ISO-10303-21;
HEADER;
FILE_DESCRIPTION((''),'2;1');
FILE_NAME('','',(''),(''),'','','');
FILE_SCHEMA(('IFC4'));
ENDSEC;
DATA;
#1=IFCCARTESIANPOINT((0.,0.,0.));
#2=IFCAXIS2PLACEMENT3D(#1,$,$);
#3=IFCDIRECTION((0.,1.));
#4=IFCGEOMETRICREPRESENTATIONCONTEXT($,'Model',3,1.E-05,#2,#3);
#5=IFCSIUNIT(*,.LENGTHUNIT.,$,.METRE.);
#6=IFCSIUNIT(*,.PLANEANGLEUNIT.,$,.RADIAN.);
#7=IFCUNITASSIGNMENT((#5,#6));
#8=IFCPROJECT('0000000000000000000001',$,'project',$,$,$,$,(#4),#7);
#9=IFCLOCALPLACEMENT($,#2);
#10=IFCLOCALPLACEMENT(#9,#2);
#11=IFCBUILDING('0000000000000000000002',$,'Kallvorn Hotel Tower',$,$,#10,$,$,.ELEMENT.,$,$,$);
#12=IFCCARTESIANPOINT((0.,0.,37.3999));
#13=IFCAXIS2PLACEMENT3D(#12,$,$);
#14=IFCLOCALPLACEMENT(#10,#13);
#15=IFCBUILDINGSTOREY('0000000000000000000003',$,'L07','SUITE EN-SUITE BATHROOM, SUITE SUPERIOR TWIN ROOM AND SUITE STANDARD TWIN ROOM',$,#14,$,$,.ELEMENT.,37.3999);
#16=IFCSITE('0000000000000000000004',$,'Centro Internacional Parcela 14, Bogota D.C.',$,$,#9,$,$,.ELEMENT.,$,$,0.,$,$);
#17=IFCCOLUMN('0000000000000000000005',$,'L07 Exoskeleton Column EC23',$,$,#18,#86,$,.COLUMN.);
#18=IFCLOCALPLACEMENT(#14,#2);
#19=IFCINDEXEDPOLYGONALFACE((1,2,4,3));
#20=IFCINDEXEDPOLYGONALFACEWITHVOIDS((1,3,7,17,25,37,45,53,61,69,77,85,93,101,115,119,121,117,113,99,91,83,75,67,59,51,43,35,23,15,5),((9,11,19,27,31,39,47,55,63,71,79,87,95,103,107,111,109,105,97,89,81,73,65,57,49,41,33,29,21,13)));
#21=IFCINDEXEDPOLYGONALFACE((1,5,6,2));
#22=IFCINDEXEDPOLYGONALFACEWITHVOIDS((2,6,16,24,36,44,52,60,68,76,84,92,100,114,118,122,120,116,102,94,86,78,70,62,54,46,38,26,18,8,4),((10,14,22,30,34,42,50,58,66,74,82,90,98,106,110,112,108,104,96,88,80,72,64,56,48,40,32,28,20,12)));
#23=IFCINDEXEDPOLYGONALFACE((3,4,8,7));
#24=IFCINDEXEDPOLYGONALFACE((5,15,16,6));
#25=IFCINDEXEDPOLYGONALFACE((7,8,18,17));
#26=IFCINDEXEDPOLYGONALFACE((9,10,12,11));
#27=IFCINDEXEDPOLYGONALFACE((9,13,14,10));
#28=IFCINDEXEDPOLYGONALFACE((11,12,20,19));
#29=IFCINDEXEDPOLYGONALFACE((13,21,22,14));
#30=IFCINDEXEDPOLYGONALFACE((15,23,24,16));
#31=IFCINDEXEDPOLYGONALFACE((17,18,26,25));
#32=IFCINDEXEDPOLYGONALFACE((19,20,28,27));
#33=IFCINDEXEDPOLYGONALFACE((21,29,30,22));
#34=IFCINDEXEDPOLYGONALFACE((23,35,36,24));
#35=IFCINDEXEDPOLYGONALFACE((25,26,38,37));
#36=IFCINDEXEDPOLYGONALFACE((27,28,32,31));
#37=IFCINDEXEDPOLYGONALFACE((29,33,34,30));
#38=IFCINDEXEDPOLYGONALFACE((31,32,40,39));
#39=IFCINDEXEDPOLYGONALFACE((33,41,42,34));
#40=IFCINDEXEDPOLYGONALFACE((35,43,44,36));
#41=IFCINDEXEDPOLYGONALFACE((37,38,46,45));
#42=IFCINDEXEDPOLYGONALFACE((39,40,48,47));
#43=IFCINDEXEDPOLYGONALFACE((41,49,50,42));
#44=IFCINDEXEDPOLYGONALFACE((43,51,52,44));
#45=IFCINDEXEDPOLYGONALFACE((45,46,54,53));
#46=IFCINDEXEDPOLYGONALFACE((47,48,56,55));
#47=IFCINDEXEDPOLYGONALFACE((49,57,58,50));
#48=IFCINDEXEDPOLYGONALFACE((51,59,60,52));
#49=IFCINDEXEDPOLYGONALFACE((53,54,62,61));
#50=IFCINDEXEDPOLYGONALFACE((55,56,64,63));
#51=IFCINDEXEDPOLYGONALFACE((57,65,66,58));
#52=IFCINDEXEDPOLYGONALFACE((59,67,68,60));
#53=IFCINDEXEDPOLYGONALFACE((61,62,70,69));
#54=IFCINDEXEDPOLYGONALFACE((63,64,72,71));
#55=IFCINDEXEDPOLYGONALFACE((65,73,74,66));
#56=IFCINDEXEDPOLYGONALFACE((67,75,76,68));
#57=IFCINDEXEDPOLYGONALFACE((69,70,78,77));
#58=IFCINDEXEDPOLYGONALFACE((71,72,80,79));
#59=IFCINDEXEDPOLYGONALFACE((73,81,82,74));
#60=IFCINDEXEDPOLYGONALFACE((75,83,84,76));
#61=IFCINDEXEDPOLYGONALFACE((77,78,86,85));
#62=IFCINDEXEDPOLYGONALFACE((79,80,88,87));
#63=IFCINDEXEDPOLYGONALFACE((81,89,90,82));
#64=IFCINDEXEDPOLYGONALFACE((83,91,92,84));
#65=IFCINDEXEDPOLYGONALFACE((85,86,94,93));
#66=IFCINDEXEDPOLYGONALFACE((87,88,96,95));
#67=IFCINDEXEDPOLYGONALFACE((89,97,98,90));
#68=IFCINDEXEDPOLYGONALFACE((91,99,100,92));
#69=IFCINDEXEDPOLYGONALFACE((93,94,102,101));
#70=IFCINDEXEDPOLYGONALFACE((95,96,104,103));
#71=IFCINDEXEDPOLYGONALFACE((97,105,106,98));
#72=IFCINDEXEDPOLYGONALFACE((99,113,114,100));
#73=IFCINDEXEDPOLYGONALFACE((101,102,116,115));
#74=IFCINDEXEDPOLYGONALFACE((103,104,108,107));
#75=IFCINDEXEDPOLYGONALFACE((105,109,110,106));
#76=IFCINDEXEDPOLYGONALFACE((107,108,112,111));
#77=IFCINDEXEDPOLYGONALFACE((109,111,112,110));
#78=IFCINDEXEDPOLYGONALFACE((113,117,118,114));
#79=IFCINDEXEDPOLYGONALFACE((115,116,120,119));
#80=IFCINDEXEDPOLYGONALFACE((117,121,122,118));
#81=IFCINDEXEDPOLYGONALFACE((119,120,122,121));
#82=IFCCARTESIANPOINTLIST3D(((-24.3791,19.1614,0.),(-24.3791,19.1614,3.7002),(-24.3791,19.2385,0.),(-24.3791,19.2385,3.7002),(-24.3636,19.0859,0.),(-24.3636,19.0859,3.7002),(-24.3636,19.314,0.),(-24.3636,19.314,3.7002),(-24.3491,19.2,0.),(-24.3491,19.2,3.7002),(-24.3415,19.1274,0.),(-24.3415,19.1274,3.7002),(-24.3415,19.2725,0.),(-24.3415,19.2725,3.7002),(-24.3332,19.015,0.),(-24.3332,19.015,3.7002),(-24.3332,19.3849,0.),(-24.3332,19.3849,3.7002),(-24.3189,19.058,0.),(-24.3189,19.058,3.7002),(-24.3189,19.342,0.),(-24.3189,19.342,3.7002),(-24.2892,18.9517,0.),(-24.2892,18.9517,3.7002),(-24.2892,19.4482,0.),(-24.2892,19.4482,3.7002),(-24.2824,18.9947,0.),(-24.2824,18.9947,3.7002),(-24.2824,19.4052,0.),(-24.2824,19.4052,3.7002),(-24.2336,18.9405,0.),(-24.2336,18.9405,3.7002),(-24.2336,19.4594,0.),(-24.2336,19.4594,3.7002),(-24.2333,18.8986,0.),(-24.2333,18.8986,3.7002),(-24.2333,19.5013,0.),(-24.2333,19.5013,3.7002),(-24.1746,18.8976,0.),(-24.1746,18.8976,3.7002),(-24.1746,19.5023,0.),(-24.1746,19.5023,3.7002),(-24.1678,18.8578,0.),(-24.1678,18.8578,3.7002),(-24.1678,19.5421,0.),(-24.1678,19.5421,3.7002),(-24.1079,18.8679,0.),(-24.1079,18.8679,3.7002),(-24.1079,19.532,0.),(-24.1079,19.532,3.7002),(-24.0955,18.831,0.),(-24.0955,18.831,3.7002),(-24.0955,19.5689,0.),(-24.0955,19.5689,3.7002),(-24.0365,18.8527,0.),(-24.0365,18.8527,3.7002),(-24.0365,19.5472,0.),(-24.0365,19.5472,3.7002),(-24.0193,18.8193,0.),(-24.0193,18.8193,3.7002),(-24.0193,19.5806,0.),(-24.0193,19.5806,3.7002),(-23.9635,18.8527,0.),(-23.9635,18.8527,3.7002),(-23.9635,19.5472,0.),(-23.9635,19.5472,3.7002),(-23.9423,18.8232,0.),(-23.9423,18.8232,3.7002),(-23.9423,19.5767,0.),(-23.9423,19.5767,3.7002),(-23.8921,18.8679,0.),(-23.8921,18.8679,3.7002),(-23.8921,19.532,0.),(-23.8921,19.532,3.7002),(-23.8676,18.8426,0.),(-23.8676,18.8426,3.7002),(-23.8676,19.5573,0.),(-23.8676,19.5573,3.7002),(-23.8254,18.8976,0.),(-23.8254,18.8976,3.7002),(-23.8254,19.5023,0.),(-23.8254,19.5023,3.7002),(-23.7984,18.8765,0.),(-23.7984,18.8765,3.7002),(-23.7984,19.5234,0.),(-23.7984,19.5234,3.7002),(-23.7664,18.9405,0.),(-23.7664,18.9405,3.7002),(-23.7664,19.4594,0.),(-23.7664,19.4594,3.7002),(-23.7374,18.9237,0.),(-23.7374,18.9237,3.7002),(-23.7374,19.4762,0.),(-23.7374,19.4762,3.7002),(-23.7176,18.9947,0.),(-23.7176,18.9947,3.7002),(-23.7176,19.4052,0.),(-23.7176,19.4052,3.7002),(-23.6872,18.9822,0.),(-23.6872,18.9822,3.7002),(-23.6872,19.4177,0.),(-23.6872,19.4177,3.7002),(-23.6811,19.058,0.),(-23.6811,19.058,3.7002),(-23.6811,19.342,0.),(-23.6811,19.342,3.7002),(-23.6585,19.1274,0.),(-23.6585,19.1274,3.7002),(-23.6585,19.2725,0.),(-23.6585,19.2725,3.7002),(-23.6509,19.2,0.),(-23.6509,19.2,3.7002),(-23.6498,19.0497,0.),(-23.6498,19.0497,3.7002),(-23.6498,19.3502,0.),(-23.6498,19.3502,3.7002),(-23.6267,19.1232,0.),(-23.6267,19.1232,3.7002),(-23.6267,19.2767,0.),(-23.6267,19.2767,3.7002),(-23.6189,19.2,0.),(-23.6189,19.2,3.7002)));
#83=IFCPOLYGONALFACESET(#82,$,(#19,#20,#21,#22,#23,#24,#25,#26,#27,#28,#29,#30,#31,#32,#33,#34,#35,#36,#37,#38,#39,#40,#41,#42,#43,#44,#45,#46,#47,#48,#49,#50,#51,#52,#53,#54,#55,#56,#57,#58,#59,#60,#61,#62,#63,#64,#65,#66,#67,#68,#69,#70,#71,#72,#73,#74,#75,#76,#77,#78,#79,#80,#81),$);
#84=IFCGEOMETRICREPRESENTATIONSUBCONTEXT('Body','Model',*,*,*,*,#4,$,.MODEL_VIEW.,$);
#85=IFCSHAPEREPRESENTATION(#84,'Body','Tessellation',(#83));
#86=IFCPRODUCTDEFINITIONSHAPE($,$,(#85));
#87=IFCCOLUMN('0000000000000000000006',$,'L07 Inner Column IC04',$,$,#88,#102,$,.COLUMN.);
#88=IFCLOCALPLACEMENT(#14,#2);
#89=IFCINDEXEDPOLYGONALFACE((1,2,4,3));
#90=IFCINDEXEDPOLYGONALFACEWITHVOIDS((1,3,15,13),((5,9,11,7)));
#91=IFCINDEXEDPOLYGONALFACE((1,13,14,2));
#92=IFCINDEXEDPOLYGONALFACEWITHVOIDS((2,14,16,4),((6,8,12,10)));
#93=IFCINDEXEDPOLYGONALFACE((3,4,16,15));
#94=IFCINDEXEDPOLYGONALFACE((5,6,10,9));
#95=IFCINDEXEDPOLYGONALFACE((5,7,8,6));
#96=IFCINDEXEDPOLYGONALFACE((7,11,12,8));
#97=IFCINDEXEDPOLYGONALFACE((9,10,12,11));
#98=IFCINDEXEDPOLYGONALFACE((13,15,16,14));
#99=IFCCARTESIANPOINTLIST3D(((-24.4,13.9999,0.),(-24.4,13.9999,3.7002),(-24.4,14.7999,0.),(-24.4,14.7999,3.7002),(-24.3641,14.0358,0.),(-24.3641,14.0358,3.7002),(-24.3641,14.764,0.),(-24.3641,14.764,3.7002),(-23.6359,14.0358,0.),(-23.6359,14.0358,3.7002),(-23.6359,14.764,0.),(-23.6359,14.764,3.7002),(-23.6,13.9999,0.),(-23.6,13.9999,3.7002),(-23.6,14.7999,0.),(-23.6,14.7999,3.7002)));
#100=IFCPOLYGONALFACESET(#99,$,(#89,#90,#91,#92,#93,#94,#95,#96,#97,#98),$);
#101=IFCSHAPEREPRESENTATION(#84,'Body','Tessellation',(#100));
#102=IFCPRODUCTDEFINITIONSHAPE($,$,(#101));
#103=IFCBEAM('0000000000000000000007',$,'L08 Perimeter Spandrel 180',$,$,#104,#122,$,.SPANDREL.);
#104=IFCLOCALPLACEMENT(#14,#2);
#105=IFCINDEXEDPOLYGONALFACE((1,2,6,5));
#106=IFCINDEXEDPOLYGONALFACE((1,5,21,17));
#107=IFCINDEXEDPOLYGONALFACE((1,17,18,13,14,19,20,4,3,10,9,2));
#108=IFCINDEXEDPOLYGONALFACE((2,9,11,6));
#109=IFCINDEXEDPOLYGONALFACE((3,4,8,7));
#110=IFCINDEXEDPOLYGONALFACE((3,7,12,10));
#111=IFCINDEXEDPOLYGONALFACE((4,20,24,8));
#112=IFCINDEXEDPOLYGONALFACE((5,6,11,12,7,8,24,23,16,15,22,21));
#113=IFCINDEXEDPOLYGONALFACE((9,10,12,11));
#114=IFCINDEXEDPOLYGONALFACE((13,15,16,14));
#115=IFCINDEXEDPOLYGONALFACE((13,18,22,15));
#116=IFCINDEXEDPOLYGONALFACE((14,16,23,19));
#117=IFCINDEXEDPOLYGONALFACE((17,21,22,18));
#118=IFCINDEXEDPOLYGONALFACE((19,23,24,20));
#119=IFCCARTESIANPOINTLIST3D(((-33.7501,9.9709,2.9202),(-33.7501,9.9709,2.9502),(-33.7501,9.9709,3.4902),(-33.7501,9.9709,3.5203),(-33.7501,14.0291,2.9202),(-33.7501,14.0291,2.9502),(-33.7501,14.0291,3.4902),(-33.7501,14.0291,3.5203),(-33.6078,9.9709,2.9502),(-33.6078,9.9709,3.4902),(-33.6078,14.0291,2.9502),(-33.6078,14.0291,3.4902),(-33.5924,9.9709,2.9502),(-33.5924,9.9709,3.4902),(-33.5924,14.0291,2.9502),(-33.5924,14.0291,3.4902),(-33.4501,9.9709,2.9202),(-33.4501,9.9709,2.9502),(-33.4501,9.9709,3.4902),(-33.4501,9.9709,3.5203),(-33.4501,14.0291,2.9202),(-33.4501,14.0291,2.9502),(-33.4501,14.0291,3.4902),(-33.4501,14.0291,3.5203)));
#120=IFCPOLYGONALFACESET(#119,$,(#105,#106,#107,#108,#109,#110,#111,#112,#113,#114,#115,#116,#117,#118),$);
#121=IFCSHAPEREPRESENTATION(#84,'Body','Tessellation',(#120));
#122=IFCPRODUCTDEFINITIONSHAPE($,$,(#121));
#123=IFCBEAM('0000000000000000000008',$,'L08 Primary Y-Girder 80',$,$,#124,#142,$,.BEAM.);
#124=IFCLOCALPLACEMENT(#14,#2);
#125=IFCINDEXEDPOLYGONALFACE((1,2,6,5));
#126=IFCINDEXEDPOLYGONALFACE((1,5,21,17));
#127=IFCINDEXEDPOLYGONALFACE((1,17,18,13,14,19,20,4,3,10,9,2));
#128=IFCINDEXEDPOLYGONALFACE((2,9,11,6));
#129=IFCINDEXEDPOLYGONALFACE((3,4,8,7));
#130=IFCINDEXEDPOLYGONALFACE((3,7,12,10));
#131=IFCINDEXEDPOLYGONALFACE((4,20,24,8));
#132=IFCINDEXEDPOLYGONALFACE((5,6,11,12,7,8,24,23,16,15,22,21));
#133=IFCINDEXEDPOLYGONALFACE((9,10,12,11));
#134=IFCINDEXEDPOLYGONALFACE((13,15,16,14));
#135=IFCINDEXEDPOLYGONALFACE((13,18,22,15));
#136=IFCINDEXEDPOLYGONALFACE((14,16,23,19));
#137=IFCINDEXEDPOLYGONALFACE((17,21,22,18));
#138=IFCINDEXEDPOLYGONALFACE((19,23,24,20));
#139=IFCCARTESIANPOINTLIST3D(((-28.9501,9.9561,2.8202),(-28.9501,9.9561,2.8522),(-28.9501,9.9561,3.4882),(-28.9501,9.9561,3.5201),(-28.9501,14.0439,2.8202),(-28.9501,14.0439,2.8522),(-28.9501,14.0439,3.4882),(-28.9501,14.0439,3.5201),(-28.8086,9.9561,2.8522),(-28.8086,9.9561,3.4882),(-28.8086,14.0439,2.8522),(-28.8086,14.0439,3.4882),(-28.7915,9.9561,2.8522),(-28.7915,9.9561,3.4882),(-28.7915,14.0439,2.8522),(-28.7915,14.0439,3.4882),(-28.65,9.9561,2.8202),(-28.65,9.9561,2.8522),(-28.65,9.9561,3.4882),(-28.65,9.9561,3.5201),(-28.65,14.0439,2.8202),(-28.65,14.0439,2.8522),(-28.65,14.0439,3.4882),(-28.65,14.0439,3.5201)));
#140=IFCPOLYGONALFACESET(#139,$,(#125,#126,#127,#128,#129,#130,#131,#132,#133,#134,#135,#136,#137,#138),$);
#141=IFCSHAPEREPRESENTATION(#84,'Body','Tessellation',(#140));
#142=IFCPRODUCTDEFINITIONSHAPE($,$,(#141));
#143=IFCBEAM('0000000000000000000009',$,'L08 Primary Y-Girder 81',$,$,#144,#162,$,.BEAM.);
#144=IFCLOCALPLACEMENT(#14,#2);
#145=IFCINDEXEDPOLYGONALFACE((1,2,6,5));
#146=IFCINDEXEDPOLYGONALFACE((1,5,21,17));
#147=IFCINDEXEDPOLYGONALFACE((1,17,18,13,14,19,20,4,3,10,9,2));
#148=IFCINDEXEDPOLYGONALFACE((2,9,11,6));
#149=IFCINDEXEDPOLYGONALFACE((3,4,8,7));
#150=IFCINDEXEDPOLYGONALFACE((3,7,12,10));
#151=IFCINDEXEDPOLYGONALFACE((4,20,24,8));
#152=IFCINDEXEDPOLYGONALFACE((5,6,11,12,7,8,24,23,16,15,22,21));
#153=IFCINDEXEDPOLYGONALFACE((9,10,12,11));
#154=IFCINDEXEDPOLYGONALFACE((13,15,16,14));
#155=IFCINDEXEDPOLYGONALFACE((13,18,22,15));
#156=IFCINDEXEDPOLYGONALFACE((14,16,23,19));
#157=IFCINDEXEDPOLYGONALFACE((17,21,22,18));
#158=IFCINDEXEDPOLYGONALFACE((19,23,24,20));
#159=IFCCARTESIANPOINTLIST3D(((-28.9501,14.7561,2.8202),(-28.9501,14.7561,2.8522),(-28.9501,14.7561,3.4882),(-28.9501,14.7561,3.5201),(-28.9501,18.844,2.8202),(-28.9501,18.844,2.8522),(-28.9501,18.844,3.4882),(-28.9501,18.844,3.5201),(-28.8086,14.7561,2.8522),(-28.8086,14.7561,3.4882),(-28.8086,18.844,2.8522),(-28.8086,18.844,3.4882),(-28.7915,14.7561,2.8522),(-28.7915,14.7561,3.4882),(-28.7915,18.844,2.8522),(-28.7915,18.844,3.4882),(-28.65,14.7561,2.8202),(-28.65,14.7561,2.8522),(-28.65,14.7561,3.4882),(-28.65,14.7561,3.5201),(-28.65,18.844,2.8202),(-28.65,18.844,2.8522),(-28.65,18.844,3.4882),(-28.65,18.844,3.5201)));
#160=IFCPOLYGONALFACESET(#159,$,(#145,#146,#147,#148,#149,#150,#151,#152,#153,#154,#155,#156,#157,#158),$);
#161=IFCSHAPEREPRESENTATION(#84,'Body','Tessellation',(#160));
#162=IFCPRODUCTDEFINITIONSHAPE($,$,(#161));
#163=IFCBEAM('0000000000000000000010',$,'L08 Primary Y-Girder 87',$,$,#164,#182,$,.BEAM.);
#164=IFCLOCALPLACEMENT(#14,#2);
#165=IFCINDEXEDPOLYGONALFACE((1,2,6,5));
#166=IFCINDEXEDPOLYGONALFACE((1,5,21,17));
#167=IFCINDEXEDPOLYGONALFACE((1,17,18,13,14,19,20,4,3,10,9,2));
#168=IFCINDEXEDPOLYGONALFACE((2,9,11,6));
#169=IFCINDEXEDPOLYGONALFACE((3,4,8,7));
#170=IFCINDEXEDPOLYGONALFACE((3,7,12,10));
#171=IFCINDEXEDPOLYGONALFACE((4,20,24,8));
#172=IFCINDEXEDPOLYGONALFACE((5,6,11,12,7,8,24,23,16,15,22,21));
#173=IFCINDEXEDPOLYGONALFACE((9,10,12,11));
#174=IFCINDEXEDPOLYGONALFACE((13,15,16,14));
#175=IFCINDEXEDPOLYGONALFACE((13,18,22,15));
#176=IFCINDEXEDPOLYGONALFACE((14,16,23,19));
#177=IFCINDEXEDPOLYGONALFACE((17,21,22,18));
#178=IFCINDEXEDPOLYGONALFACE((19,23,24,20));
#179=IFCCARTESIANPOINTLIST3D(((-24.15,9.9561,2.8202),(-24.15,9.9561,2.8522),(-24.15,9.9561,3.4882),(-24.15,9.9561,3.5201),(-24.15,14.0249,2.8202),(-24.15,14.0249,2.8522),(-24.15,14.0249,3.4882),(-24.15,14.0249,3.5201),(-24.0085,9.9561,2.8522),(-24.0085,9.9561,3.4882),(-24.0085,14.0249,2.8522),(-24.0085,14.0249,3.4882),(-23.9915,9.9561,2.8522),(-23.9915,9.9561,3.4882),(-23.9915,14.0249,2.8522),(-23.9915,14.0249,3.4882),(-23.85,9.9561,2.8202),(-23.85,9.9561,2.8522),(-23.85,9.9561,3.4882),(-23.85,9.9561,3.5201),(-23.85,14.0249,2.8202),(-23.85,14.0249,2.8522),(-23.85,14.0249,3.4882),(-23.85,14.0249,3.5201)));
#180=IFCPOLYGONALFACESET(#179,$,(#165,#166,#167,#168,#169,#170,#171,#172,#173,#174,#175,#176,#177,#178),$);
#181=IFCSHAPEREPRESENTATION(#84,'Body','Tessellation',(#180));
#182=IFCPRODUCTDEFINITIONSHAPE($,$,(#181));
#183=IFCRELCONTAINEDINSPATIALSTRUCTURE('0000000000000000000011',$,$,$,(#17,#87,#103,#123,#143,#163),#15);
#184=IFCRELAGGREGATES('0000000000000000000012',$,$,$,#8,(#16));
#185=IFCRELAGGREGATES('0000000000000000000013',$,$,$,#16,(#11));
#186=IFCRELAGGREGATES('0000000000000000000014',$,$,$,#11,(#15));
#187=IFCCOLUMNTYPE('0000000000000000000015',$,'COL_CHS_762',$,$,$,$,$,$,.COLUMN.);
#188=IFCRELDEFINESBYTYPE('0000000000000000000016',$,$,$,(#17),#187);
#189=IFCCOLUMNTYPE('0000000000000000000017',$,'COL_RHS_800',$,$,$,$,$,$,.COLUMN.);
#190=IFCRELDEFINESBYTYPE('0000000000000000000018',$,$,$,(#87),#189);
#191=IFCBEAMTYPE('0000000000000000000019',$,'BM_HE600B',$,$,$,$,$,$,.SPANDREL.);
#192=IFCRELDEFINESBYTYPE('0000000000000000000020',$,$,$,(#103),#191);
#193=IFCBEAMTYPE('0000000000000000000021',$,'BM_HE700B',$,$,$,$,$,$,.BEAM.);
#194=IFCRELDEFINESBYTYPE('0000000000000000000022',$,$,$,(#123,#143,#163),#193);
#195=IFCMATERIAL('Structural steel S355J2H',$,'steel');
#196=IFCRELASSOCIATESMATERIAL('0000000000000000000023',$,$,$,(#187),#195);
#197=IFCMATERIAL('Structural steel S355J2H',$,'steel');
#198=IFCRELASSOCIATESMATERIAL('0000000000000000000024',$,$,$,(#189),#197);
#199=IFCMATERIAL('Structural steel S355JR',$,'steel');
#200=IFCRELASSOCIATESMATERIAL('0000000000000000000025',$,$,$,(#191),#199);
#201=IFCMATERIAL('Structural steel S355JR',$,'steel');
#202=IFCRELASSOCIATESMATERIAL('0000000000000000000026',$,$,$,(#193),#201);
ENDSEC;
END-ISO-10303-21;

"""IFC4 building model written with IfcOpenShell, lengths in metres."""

from ifc_helpers import new_model, si_unit, direction, frame, origin, origin_2d, place, context, subcontext, project, spatial, hollow_rectangle, hollow_circle, i_section, extrude, material, material_profile, profile_set, type_object, element, save


model = new_model("IFC4")

# Units and contexts
model_context = context("Model", 3, precision=1e-05, world=origin(), true_north=direction((0.0, 1.0)))
body_context = subcontext(model_context, "Body", "Model", "MODEL_VIEW")
ifc_project = project(units=[si_unit("LENGTHUNIT", "METRE"), si_unit("PLANEANGLEUNIT", "RADIAN")], contexts=[model_context])

# Site, building, storey
site_placement = place(None, origin())
site = spatial("IfcSite", under=ifc_project, at=site_placement, Name="Centro Internacional Parcela 14, Bogota D.C.", CompositionType="ELEMENT", RefElevation=0.0)
building_placement = place(site_placement, origin())
building = spatial("IfcBuilding", under=site, at=building_placement, Name="Kallvorn Hotel Tower", CompositionType="ELEMENT")
storey_placement = place(building_placement, frame((0.0, 0.0, 37.3999)))
storey = spatial("IfcBuildingStorey", under=building, at=storey_placement, Name="L07", Description="SUITE EN-SUITE BATHROOM, SUITE SUPERIOR TWIN ROOM AND SUITE STANDARD TWIN ROOM", CompositionType="ELEMENT", Elevation=37.3999)

# Columns
ifc_material_1 = material(Name="Structural steel S355J2H", Category="steel")
ifc_material_profile_1 = material_profile(ifc_material_1, hollow_circle(Radius=0.3811, WallThickness=0.032, at=origin_2d()), Name="CHS 762x32")
ifc_profile_set_1 = profile_set([ifc_material_profile_1], Name="Structural steel S355J2H")
column_type_1 = type_object("IfcColumnType", Name="COL_CHS_762", PredefinedType="COLUMN", material=ifc_profile_set_1)
for number, where, z_axis, x_axis, name in (
    (1, (-24.0, 19.2, 0.0), (0.0, 0.0, 1.0), (1.0, 0.0, 0.0), "L07 Exoskeleton Column EC23"),
):
    element("IfcColumn", number, at=place(storey_placement, frame(where, z_axis=z_axis, x_axis=x_axis)), inside=storey, type_object=column_type_1, Name=name, PredefinedType="COLUMN", context=body_context, shape_type="SweptSolid", body=[
        extrude(hollow_circle(Radius=0.3811, WallThickness=0.032, at=origin_2d()), origin(), (0.0, 0.0, 1.0), 3.7002),
    ])
ifc_material_2 = material(Name="Structural steel S355J2H", Category="steel")
ifc_material_profile_2 = material_profile(ifc_material_2, hollow_rectangle(XDim=0.8, YDim=0.8, WallThickness=0.0359, at=origin_2d()), Name="RHS 800x800x36")
ifc_profile_set_2 = profile_set([ifc_material_profile_2], Name="Structural steel S355J2H")
column_type_2 = type_object("IfcColumnType", Name="COL_RHS_800", PredefinedType="COLUMN", material=ifc_profile_set_2)
column_placement = place(storey_placement, frame((-24.0, 14.3999, 0.0), z_axis=(0.0, 0.0, 1.0), x_axis=(1.0, 0.0, 0.0)))
element("IfcColumn", 2, at=column_placement, inside=storey, type_object=column_type_2, Name="L07 Inner Column IC04", PredefinedType="COLUMN", context=body_context, shape_type="SweptSolid", body=[
    extrude(hollow_rectangle(XDim=0.8, YDim=0.8, WallThickness=0.0359, at=origin_2d()), origin(), (0.0, 0.0, 1.0), 3.7002),
])

# Beams
ifc_material_3 = material(Name="Structural steel S355JR", Category="steel")
ifc_material_profile_3 = material_profile(ifc_material_3, i_section(OverallWidth=0.3, OverallDepth=0.6001, WebThickness=0.0154, FlangeThickness=0.03, at=origin_2d()), Name="HE 600 B")
ifc_profile_set_3 = profile_set([ifc_material_profile_3], Name="Structural steel S355JR")
beam_type_1 = type_object("IfcBeamType", Name="BM_HE600B", PredefinedType="SPANDREL", material=ifc_profile_set_3)
beam_1_placement = place(storey_placement, frame((-33.6001, 9.9709, 3.2202), z_axis=(0.0, 1.0, 0.0), x_axis=(-1.0, 0.0, 0.0)))
element("IfcBeam", 3, at=beam_1_placement, inside=storey, type_object=beam_type_1, Name="L08 Perimeter Spandrel 180", PredefinedType="SPANDREL", context=body_context, shape_type="SweptSolid", body=[
    extrude(i_section(OverallWidth=0.3, OverallDepth=0.6001, WebThickness=0.0154, FlangeThickness=0.03, at=origin_2d()), origin(), (0.0, 0.0, 1.0), 4.0581),
])
ifc_material_4 = material(Name="Structural steel S355JR", Category="steel")
ifc_material_profile_4 = material_profile(ifc_material_4, i_section(OverallWidth=0.3, OverallDepth=0.7, WebThickness=0.0171, FlangeThickness=0.032, at=origin_2d()), Name="HE 700 B")
ifc_profile_set_4 = profile_set([ifc_material_profile_4], Name="Structural steel S355JR")
beam_type_2 = type_object("IfcBeamType", Name="BM_HE700B", PredefinedType="BEAM", material=ifc_profile_set_4)
for number, where, z_axis, x_axis, name in (
    (4, (-28.8, 9.9561, 3.1702), (0.0, 1.0, 0.0), (-1.0, 0.0, 0.0), "L08 Primary Y-Girder 80"),
    (5, (-28.8, 14.7561, 3.1702), (0.0, 1.0, 0.0), (-1.0, 0.0, 0.0), "L08 Primary Y-Girder 81"),
):
    element("IfcBeam", number, at=place(storey_placement, frame(where, z_axis=z_axis, x_axis=x_axis)), inside=storey, type_object=beam_type_2, Name=name, PredefinedType="BEAM", context=body_context, shape_type="SweptSolid", body=[
        extrude(i_section(OverallWidth=0.3, OverallDepth=0.7, WebThickness=0.0171, FlangeThickness=0.032, at=origin_2d()), origin(), (0.0, 0.0, 1.0), 4.0879),
    ])
beam_2_placement = place(storey_placement, frame((-24.0, 9.9561, 3.1702), z_axis=(0.0, 1.0, 0.0), x_axis=(-1.0, 0.0, 0.0)))
element("IfcBeam", 6, at=beam_2_placement, inside=storey, type_object=beam_type_2, Name="L08 Primary Y-Girder 87", PredefinedType="BEAM", context=body_context, shape_type="SweptSolid", body=[
    extrude(i_section(OverallWidth=0.3, OverallDepth=0.7, WebThickness=0.0171, FlangeThickness=0.032, at=origin_2d()), origin(), (0.0, 0.0, 1.0), 4.0688),
])

save(model, "model.ifc")
